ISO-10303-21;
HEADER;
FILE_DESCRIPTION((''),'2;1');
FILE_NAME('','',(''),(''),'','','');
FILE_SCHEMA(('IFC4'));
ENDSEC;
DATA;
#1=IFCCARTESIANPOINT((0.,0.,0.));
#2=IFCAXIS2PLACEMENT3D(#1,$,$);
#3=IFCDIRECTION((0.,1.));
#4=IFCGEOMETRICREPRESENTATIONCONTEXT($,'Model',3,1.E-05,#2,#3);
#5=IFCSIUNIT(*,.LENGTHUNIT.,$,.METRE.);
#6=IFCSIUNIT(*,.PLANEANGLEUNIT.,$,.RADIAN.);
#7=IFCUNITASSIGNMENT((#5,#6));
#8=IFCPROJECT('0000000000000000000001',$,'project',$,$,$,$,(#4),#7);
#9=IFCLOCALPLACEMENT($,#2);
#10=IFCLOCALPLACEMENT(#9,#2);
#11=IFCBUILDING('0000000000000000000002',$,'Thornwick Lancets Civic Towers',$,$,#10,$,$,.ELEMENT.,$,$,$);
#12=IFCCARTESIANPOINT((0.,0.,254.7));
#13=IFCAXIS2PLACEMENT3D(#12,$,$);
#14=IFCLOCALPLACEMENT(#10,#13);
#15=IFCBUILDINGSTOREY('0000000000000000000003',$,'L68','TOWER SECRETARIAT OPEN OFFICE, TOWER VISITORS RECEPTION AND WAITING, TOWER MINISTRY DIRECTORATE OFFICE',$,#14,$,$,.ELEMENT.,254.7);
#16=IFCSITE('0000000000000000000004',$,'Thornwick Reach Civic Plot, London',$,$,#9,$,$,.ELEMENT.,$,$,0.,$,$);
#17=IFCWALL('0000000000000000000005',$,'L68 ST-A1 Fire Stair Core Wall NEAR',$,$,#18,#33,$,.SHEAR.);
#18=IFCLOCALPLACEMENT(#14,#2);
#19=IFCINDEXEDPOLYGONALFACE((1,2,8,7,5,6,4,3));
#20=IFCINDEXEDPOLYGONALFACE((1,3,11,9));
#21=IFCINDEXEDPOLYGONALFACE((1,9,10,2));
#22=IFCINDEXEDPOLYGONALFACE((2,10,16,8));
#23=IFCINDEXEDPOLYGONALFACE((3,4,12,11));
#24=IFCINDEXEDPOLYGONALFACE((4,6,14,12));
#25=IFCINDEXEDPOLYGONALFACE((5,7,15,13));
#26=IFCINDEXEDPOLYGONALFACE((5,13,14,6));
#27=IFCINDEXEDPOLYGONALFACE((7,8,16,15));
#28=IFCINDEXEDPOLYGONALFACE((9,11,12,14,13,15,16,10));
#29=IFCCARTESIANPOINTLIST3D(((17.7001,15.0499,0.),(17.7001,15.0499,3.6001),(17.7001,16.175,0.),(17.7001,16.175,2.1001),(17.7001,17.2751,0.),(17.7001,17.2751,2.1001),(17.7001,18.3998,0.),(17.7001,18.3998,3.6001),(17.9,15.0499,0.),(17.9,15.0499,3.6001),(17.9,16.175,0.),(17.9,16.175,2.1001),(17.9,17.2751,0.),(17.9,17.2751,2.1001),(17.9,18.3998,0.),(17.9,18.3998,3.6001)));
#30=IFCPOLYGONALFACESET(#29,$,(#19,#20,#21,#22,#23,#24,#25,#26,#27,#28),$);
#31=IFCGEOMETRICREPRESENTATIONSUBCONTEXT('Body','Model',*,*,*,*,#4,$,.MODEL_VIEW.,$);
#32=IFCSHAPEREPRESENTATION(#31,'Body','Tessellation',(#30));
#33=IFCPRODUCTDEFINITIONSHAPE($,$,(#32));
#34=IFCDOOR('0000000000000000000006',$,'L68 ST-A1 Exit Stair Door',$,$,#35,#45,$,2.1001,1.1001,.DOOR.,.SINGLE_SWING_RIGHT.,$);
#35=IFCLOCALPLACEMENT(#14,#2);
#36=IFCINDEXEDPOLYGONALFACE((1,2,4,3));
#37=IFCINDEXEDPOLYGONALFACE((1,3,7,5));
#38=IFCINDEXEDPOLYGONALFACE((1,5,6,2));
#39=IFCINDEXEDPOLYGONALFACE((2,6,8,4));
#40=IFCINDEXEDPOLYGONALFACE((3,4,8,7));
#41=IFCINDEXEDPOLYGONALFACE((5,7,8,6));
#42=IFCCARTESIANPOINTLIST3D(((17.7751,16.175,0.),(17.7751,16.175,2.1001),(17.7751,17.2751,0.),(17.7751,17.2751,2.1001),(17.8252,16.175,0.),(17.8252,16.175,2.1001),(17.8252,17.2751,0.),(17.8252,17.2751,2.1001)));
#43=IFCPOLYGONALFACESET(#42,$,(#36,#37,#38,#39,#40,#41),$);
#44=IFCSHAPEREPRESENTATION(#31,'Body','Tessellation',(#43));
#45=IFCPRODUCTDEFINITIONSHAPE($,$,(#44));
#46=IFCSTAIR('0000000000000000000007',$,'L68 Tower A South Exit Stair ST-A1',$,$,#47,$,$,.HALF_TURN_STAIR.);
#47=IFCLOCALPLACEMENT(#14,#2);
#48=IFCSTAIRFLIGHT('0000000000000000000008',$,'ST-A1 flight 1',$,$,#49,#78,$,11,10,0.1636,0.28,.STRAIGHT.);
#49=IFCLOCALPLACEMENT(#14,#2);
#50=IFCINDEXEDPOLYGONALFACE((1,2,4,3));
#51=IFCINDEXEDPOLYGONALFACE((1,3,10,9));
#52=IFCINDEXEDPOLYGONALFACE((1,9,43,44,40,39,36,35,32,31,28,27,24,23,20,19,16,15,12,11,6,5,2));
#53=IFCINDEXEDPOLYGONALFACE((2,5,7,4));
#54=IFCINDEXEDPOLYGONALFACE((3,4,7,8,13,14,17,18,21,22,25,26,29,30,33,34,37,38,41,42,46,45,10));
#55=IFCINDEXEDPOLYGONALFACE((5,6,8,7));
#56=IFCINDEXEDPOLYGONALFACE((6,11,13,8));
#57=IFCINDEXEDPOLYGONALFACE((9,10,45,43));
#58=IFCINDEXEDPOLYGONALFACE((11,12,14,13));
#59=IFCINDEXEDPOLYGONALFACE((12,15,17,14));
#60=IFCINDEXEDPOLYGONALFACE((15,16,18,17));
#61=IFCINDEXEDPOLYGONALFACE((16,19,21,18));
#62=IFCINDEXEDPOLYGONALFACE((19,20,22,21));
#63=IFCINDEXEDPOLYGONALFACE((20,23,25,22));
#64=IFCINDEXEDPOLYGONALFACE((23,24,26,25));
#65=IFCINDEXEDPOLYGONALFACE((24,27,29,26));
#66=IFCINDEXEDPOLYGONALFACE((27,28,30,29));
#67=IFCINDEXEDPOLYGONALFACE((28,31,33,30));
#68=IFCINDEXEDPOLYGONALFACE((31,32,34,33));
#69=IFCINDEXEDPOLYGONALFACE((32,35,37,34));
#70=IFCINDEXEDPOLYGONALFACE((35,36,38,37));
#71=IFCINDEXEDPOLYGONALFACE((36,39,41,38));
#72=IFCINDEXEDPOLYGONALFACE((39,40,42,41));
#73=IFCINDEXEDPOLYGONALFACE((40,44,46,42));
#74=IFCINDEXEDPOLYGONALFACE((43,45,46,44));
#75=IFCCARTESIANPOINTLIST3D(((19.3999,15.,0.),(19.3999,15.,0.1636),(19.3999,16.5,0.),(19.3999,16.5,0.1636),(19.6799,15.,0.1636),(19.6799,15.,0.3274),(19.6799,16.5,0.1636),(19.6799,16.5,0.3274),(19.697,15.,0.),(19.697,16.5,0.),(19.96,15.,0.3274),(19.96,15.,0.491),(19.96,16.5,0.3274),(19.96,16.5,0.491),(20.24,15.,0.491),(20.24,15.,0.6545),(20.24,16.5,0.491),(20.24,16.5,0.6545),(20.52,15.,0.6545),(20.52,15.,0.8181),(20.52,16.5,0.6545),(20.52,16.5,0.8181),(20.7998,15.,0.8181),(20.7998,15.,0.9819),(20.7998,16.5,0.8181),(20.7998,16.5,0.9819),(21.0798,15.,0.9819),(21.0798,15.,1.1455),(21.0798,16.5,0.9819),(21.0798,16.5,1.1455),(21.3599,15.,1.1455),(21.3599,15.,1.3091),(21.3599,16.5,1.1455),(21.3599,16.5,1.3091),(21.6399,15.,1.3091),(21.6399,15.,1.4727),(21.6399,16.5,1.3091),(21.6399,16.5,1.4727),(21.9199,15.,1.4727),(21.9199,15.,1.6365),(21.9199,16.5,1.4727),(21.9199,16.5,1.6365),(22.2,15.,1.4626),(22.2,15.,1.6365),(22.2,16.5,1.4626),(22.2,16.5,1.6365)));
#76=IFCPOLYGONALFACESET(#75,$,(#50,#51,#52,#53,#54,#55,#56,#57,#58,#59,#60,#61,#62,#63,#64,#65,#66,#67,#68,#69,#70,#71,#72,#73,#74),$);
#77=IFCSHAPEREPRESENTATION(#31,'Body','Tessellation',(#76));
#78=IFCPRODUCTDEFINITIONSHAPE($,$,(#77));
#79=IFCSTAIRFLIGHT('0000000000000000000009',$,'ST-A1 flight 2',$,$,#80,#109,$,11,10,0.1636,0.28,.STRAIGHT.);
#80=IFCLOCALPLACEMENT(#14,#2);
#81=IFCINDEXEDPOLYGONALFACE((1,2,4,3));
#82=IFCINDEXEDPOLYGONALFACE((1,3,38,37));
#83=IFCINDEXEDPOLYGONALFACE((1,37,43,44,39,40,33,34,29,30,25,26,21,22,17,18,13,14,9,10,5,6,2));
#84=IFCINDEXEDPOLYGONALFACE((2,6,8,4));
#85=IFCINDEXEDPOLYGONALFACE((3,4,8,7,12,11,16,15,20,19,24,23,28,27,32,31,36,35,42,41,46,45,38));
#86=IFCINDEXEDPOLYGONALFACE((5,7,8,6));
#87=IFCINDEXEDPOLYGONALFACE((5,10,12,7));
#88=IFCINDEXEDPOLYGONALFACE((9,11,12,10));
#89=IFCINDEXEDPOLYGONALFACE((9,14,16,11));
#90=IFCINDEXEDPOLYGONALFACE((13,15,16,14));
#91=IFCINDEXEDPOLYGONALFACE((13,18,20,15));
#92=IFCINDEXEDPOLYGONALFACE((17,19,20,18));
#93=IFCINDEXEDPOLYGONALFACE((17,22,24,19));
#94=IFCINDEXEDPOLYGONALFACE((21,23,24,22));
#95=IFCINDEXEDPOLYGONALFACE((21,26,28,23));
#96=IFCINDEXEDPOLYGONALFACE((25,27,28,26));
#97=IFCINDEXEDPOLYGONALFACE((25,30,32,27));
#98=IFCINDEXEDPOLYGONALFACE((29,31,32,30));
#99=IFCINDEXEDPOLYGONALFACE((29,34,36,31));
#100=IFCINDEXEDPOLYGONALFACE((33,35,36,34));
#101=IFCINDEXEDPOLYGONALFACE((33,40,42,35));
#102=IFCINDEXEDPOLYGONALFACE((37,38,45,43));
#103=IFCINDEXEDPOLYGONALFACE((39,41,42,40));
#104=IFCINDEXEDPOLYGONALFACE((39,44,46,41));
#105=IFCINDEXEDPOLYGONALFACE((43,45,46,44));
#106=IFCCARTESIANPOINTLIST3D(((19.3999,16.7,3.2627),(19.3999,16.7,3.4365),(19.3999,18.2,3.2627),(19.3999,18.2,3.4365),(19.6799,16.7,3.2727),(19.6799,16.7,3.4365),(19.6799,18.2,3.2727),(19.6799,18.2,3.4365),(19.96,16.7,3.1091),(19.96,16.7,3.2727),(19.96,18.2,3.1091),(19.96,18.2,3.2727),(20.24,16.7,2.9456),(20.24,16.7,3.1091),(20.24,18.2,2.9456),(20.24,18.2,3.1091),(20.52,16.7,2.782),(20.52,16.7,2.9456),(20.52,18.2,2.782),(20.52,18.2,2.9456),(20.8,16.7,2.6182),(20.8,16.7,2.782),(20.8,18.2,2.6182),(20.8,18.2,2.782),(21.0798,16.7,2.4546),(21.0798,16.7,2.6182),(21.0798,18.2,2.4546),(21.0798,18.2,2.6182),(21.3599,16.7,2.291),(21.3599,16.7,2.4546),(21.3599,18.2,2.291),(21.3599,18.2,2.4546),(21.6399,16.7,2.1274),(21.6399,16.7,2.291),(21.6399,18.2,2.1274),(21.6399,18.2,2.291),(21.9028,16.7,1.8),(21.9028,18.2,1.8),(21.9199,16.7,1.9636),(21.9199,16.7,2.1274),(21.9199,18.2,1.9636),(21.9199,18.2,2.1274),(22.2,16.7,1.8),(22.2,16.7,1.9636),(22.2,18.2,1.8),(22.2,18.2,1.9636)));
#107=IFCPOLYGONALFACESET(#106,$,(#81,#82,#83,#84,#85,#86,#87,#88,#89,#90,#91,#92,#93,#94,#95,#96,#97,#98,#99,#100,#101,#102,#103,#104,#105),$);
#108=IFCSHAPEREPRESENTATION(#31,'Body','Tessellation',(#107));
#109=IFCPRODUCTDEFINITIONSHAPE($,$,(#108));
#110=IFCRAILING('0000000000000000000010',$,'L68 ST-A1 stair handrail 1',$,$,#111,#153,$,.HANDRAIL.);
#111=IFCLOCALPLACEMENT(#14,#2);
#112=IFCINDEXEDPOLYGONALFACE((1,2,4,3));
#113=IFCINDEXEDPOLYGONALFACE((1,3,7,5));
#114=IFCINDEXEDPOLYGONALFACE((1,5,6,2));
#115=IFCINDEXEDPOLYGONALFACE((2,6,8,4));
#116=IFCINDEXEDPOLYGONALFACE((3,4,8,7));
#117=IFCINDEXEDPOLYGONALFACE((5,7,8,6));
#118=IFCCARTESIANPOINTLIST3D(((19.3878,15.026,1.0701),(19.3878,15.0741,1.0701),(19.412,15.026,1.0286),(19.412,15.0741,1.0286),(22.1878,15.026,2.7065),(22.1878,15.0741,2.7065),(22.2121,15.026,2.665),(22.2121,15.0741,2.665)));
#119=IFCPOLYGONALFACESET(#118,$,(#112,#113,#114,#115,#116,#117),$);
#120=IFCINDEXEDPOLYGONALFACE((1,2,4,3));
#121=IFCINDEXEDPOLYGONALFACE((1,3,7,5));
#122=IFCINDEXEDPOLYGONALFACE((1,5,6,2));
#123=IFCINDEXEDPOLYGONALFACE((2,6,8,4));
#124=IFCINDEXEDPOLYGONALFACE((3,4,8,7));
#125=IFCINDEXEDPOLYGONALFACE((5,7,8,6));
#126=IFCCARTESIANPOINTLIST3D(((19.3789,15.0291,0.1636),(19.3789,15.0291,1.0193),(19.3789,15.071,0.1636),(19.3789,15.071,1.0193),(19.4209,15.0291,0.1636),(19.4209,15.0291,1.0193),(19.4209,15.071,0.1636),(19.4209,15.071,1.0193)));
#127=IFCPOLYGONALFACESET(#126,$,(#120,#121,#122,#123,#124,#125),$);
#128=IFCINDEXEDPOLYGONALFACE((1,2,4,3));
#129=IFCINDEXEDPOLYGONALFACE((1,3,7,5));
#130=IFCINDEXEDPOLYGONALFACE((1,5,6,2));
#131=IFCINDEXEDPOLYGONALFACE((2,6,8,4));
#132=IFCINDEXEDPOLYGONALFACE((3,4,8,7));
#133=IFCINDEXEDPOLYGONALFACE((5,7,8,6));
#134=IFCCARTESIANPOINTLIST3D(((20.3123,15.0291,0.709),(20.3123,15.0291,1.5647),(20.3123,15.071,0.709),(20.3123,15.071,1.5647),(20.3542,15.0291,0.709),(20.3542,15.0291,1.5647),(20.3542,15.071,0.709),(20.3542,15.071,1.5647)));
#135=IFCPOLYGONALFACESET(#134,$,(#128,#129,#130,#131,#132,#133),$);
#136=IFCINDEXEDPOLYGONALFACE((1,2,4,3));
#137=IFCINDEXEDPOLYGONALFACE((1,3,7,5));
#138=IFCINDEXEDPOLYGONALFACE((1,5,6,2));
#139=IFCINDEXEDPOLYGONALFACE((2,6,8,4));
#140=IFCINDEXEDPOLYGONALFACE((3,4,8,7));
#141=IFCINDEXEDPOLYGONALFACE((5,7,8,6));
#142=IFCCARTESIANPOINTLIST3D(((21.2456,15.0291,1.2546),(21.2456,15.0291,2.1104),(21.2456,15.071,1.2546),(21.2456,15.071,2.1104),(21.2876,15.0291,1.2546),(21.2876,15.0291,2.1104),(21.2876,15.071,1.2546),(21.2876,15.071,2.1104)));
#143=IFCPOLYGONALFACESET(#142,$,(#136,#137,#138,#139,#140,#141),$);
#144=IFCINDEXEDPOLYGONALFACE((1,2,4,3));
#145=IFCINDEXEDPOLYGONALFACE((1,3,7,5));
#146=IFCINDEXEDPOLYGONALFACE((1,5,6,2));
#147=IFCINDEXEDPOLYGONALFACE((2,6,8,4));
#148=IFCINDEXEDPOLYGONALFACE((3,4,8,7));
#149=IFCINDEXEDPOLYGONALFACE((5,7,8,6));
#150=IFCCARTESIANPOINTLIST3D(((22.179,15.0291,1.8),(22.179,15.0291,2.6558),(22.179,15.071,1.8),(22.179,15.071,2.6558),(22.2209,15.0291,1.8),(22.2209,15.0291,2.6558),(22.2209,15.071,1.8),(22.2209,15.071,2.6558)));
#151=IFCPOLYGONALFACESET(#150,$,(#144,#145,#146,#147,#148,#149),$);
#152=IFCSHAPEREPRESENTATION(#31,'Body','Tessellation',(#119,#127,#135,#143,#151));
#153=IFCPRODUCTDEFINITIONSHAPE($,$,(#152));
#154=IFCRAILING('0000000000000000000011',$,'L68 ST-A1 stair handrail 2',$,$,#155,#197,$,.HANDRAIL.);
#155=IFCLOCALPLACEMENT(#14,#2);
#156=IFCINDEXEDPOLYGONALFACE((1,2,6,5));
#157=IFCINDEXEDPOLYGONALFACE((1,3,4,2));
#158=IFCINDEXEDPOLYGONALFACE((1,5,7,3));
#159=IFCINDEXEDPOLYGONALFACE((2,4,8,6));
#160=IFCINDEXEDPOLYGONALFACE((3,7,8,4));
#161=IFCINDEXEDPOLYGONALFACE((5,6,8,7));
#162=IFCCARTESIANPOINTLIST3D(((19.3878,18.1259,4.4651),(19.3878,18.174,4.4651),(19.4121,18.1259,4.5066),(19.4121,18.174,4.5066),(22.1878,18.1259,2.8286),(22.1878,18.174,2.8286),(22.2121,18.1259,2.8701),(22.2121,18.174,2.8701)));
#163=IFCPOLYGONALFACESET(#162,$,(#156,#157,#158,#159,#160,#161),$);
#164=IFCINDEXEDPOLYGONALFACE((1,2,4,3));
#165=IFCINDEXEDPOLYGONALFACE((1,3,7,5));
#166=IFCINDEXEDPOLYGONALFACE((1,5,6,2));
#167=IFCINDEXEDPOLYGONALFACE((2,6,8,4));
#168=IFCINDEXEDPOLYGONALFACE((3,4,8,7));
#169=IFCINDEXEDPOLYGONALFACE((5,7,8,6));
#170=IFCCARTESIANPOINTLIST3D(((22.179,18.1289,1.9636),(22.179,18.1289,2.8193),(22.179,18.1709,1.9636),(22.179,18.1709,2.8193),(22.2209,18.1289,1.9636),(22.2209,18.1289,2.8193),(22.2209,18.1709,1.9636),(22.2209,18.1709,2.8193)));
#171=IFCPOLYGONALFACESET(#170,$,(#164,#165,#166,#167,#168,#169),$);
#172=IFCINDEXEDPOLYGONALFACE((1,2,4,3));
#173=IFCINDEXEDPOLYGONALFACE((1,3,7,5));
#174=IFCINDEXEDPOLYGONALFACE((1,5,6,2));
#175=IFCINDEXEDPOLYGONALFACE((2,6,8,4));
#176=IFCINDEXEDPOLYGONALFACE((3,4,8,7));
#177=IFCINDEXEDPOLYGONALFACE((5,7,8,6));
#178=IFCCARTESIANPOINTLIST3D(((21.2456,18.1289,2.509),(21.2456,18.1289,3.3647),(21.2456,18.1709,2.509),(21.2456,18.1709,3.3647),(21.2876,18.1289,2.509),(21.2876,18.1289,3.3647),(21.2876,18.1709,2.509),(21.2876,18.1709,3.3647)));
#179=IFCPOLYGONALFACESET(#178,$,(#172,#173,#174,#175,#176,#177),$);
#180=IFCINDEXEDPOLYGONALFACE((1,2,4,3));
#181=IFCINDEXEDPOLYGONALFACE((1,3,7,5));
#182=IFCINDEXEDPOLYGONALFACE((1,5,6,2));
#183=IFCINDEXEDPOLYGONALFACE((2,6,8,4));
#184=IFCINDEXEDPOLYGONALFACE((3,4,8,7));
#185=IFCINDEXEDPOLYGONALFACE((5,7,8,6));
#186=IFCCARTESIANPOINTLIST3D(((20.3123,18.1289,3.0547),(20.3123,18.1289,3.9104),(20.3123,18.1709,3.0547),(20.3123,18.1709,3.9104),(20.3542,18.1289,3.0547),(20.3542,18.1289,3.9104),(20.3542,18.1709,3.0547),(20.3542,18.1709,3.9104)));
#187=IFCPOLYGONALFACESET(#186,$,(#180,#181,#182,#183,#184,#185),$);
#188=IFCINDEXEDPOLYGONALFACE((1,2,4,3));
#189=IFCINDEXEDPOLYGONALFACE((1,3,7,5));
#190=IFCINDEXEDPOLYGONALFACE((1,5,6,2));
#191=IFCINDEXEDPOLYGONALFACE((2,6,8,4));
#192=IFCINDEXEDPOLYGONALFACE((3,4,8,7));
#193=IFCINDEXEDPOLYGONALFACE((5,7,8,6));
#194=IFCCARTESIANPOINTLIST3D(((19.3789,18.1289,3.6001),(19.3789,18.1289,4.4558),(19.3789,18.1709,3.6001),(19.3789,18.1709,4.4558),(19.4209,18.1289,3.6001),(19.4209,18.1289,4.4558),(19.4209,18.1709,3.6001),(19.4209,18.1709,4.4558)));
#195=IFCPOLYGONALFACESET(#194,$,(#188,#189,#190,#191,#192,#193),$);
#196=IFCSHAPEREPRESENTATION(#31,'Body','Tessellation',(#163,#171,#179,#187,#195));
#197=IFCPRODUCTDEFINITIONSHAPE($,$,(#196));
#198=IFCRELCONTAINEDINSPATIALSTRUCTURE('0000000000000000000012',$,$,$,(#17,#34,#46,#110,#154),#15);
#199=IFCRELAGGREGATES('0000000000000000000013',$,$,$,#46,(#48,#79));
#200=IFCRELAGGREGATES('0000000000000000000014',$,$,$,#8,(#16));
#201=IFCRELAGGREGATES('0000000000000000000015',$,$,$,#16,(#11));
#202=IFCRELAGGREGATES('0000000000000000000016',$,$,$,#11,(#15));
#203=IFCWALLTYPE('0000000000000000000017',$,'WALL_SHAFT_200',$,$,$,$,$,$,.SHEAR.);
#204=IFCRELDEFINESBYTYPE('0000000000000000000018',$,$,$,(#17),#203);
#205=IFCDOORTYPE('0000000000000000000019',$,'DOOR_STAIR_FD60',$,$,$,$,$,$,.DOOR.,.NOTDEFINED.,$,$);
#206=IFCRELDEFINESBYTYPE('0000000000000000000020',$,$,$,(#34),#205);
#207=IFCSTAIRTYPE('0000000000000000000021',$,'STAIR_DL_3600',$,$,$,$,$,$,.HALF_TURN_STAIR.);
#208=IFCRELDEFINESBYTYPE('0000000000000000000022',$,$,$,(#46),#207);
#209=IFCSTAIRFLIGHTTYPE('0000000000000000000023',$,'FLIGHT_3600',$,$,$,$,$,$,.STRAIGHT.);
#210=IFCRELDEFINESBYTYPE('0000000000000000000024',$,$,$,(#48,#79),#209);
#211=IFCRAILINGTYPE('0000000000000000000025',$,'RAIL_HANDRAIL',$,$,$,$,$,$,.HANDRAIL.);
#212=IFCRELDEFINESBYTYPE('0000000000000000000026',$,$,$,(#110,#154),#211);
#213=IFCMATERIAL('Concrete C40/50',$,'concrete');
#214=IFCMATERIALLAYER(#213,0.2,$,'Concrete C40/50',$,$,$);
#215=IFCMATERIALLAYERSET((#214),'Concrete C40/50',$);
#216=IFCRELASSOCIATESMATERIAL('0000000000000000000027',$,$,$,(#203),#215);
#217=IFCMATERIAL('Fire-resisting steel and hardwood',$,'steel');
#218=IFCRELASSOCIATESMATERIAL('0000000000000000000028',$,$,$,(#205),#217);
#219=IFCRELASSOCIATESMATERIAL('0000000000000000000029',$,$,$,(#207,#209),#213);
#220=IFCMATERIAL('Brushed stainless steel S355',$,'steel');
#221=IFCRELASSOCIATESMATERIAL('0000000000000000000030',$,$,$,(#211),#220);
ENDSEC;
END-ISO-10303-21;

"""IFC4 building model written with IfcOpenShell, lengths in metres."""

from ifc_helpers import new_model, si_unit, direction, frame, frame_2d, origin, origin_2d, place, context, subcontext, project, spatial, polyline, rectangle, outline, extrude, material, layer, layer_set, type_object, element, fill, aggregate, save


model = new_model("IFC4")

# Units and contexts
model_context = context("Model", 3, precision=1e-05, world=origin(), true_north=direction((0.0, 1.0)))
body_context = subcontext(model_context, "Body", "Model", "MODEL_VIEW")
ifc_project = project(units=[si_unit("LENGTHUNIT", "METRE"), si_unit("PLANEANGLEUNIT", "RADIAN")], contexts=[model_context])

# Site, building, storey
site_placement = place(None, origin())
site = spatial("IfcSite", under=ifc_project, at=site_placement, Name="Thornwick Reach Civic Plot, London", CompositionType="ELEMENT", RefElevation=0.0)
building_placement = place(site_placement, origin())
building = spatial("IfcBuilding", under=site, at=building_placement, Name="Thornwick Lancets Civic Towers", CompositionType="ELEMENT")
storey_placement = place(building_placement, frame((0.0, 0.0, 254.7)))
storey = spatial("IfcBuildingStorey", under=building, at=storey_placement, Name="L68", Description="TOWER SECRETARIAT OPEN OFFICE, TOWER VISITORS RECEPTION AND WAITING, TOWER MINISTRY DIRECTORATE OFFICE", CompositionType="ELEMENT", Elevation=254.7)

# Wall, opening, door
ifc_material_1 = material(Name="Concrete C40/50", Category="concrete")
ifc_layer_1 = layer(ifc_material_1, 0.2, Name="Concrete C40/50")
ifc_layer_set_1 = layer_set([ifc_layer_1], Name="Concrete C40/50")
wall_type_1 = type_object("IfcWallType", Name="WALL_SHAFT_200", PredefinedType="SHEAR", material=ifc_layer_set_1)
wall_1_placement = place(storey_placement, frame((17.8, 15.05, 0.0), z_axis=(0.0, 0.0, 1.0), x_axis=(0.0, 1.0, 0.0)))
wall_1 = element("IfcWall", 1, at=wall_1_placement, inside=storey, type_object=wall_type_1, Name="L68 ST-A1 Fire Stair Core Wall NEAR", PredefinedType="SHEAR", context=body_context, shape_type="SweptSolid", body=[
    extrude(rectangle(XDim=3.3499, YDim=0.2, at=frame_2d((1.6748, 0.0))), origin(), (0.0, 0.0, 1.0), 3.6001),
])
opening_1_placement = place(wall_1_placement, frame((1.125, 0.0, 0.0)))
opening_1 = element("IfcOpeningElement", 2, at=opening_1_placement, cuts=wall_1, PredefinedType="OPENING", context=body_context, shape_type="SweptSolid", body=[
    extrude(rectangle(XDim=1.1001, YDim=2.1001, at=frame_2d((0.55, 1.05))), frame((0.0, 0.1099, 0.0), z_axis=(0.0, -1.0, 0.0), x_axis=(1.0, 0.0, 0.0)), (0.0, 0.0, 1.0), 0.22),
])
ifc_material_2 = material(Name="Fire-resisting steel and hardwood", Category="steel")
door_type_1 = type_object("IfcDoorType", Name="DOOR_STAIR_FD60", OperationType="NOTDEFINED", PredefinedType="DOOR", material=ifc_material_2)
door_1_placement = place(opening_1_placement, origin())
door_1 = element("IfcDoor", 3, at=door_1_placement, inside=storey, type_object=door_type_1, Name="L68 ST-A1 Exit Stair Door", OperationType="SINGLE_SWING_RIGHT", OverallHeight=2.1001, OverallWidth=1.1001, PredefinedType="DOOR", context=body_context, shape_type="SweptSolid", body=[
    extrude(rectangle(XDim=1.1001, YDim=2.1001, at=frame_2d((0.55, 1.05))), frame((0.0, 0.0249, 0.0), z_axis=(0.0, -1.0, 0.0), x_axis=(1.0, 0.0, 0.0)), (0.0, 0.0, 1.0), 0.05),
])
fill(opening_1, door_1)

# Stair, stair flights
stair_type = type_object("IfcStairType", Name="STAIR_DL_3600", PredefinedType="HALF_TURN_STAIR", material=ifc_material_1)
stair_placement = place(storey_placement, origin())
stair = element("IfcStair", 4, at=stair_placement, inside=storey, type_object=stair_type, Name="L68 Tower A South Exit Stair ST-A1", PredefinedType="HALF_TURN_STAIR")
stair_flight_type = type_object("IfcStairFlightType", Name="FLIGHT_3600", PredefinedType="STRAIGHT", material=ifc_material_1)
stair_flight_1_placement = place(storey_placement, frame((19.3999, 15.75, 0.0), z_axis=(0.0, 0.0, 1.0), x_axis=(1.0, 0.0, 0.0)))
stair_flight_1 = element("IfcStairFlight", 5, at=stair_flight_1_placement, type_object=stair_flight_type, Name="ST-A1 flight 1", NumberOfRisers=11, NumberOfTreads=10, PredefinedType="STRAIGHT", RiserHeight=0.1636, TreadLength=0.28, context=body_context, shape_type="SweptSolid", body=[
    extrude(outline(polyline([(0.0, 0.0), (0.0, 0.1636), (0.28, 0.1636), (0.28, 0.3274), (0.5601, 0.3274), (0.5601, 0.491), (0.8401, 0.491), (0.8401, 0.6545), (1.1201, 0.6545), (1.1201, 0.8181), (1.3999, 0.8181), (1.3999, 0.9819), (1.6799, 0.9819), (1.6799, 1.1455), (1.96, 1.1455), (1.96, 1.3091), (2.24, 1.3091), (2.24, 1.4727), (2.52, 1.4727), (2.52, 1.6365), (2.8, 1.6365), (2.8, 1.8), (2.8, 1.4626), (0.2971, 0.0), (0.0, 0.0)])), frame((0.0, 0.75, 0.0), z_axis=(0.0, -1.0, 0.0), x_axis=(1.0, 0.0, 0.0)), (0.0, 0.0, 1.0), 1.5),
])
stair_flight_2_placement = place(storey_placement, frame((22.2, 17.45, 1.8), z_axis=(0.0, 0.0, 1.0), x_axis=(-1.0, 0.0, 0.0)))
stair_flight_2 = element("IfcStairFlight", 6, at=stair_flight_2_placement, type_object=stair_flight_type, Name="ST-A1 flight 2", NumberOfRisers=11, NumberOfTreads=10, PredefinedType="STRAIGHT", RiserHeight=0.1636, TreadLength=0.28, context=body_context, shape_type="SweptSolid", body=[
    extrude(outline(polyline([(0.0, 0.0), (0.0, 0.1636), (0.28, 0.1636), (0.28, 0.3274), (0.5601, 0.3274), (0.5601, 0.491), (0.8401, 0.491), (0.8401, 0.6545), (1.1201, 0.6545), (1.1201, 0.8181), (1.3999, 0.8181), (1.3999, 0.9819), (1.6799, 0.9819), (1.6799, 1.1455), (1.96, 1.1455), (1.96, 1.3091), (2.24, 1.3091), (2.24, 1.4727), (2.52, 1.4727), (2.52, 1.6365), (2.8, 1.6365), (2.8, 1.8), (2.8, 1.4626), (0.2971, 0.0), (0.0, 0.0)])), frame((0.0, 0.75, 0.0), z_axis=(0.0, -1.0, 0.0), x_axis=(1.0, 0.0, 0.0)), (0.0, 0.0, 1.0), 1.5),
])
aggregate(stair, [stair_flight_1, stair_flight_2])

# Railings
ifc_material_3 = material(Name="Brushed stainless steel S355", Category="steel")
railing_type_1 = type_object("IfcRailingType", Name="RAIL_HANDRAIL", PredefinedType="HANDRAIL", material=ifc_material_3)
railing_1_placement = place(storey_placement, frame((19.3999, 15.05, 0.1636)))
element("IfcRailing", 7, at=railing_1_placement, inside=storey, type_object=railing_type_1, Name="L68 ST-A1 stair handrail 1", PredefinedType="HANDRAIL", context=body_context, shape_type="SweptSolid", body=[
    extrude(rectangle(XDim=0.0481, YDim=0.0481, at=origin_2d()), frame((0.0, 0.0, 0.8857), z_axis=(0.863361, 0.0, 0.504587), x_axis=(0.0, 1.0, 0.0)), (0.0, 0.0, 1.0), 3.2432),
    extrude(rectangle(XDim=0.042, YDim=0.042, at=origin_2d()), origin(), (0.0, 0.0, 1.0), 0.8557),
    extrude(rectangle(XDim=0.042, YDim=0.042, at=origin_2d()), frame((0.9333, 0.0, 0.5454)), (0.0, 0.0, 1.0), 0.8557),
    extrude(rectangle(XDim=0.042, YDim=0.042, at=origin_2d()), frame((1.8667, 0.0, 1.0911)), (0.0, 0.0, 1.0), 0.8557),
    extrude(rectangle(XDim=0.042, YDim=0.042, at=origin_2d()), frame((2.8, 0.0, 1.6365)), (0.0, 0.0, 1.0), 0.8557),
])
railing_2_placement = place(storey_placement, frame((22.2, 18.1499, 1.9636)))
element("IfcRailing", 8, at=railing_2_placement, inside=storey, type_object=railing_type_1, Name="L68 ST-A1 stair handrail 2", PredefinedType="HANDRAIL", context=body_context, shape_type="SweptSolid", body=[
    extrude(rectangle(XDim=0.0481, YDim=0.0481, at=origin_2d()), frame((0.0, 0.0, 0.8857), z_axis=(-0.863361, 0.0, 0.504587), x_axis=(0.0, -1.0, 0.0)), (0.0, 0.0, 1.0), 3.2432),
    extrude(rectangle(XDim=0.042, YDim=0.042, at=origin_2d()), origin(), (0.0, 0.0, 1.0), 0.8557),
    extrude(rectangle(XDim=0.042, YDim=0.042, at=origin_2d()), frame((-0.9333, 0.0, 0.5454)), (0.0, 0.0, 1.0), 0.8557),
    extrude(rectangle(XDim=0.042, YDim=0.042, at=origin_2d()), frame((-1.8667, 0.0, 1.0911)), (0.0, 0.0, 1.0), 0.8557),
    extrude(rectangle(XDim=0.042, YDim=0.042, at=origin_2d()), frame((-2.8, 0.0, 1.6365)), (0.0, 0.0, 1.0), 0.8557),
])

save(model, "model.ifc")
